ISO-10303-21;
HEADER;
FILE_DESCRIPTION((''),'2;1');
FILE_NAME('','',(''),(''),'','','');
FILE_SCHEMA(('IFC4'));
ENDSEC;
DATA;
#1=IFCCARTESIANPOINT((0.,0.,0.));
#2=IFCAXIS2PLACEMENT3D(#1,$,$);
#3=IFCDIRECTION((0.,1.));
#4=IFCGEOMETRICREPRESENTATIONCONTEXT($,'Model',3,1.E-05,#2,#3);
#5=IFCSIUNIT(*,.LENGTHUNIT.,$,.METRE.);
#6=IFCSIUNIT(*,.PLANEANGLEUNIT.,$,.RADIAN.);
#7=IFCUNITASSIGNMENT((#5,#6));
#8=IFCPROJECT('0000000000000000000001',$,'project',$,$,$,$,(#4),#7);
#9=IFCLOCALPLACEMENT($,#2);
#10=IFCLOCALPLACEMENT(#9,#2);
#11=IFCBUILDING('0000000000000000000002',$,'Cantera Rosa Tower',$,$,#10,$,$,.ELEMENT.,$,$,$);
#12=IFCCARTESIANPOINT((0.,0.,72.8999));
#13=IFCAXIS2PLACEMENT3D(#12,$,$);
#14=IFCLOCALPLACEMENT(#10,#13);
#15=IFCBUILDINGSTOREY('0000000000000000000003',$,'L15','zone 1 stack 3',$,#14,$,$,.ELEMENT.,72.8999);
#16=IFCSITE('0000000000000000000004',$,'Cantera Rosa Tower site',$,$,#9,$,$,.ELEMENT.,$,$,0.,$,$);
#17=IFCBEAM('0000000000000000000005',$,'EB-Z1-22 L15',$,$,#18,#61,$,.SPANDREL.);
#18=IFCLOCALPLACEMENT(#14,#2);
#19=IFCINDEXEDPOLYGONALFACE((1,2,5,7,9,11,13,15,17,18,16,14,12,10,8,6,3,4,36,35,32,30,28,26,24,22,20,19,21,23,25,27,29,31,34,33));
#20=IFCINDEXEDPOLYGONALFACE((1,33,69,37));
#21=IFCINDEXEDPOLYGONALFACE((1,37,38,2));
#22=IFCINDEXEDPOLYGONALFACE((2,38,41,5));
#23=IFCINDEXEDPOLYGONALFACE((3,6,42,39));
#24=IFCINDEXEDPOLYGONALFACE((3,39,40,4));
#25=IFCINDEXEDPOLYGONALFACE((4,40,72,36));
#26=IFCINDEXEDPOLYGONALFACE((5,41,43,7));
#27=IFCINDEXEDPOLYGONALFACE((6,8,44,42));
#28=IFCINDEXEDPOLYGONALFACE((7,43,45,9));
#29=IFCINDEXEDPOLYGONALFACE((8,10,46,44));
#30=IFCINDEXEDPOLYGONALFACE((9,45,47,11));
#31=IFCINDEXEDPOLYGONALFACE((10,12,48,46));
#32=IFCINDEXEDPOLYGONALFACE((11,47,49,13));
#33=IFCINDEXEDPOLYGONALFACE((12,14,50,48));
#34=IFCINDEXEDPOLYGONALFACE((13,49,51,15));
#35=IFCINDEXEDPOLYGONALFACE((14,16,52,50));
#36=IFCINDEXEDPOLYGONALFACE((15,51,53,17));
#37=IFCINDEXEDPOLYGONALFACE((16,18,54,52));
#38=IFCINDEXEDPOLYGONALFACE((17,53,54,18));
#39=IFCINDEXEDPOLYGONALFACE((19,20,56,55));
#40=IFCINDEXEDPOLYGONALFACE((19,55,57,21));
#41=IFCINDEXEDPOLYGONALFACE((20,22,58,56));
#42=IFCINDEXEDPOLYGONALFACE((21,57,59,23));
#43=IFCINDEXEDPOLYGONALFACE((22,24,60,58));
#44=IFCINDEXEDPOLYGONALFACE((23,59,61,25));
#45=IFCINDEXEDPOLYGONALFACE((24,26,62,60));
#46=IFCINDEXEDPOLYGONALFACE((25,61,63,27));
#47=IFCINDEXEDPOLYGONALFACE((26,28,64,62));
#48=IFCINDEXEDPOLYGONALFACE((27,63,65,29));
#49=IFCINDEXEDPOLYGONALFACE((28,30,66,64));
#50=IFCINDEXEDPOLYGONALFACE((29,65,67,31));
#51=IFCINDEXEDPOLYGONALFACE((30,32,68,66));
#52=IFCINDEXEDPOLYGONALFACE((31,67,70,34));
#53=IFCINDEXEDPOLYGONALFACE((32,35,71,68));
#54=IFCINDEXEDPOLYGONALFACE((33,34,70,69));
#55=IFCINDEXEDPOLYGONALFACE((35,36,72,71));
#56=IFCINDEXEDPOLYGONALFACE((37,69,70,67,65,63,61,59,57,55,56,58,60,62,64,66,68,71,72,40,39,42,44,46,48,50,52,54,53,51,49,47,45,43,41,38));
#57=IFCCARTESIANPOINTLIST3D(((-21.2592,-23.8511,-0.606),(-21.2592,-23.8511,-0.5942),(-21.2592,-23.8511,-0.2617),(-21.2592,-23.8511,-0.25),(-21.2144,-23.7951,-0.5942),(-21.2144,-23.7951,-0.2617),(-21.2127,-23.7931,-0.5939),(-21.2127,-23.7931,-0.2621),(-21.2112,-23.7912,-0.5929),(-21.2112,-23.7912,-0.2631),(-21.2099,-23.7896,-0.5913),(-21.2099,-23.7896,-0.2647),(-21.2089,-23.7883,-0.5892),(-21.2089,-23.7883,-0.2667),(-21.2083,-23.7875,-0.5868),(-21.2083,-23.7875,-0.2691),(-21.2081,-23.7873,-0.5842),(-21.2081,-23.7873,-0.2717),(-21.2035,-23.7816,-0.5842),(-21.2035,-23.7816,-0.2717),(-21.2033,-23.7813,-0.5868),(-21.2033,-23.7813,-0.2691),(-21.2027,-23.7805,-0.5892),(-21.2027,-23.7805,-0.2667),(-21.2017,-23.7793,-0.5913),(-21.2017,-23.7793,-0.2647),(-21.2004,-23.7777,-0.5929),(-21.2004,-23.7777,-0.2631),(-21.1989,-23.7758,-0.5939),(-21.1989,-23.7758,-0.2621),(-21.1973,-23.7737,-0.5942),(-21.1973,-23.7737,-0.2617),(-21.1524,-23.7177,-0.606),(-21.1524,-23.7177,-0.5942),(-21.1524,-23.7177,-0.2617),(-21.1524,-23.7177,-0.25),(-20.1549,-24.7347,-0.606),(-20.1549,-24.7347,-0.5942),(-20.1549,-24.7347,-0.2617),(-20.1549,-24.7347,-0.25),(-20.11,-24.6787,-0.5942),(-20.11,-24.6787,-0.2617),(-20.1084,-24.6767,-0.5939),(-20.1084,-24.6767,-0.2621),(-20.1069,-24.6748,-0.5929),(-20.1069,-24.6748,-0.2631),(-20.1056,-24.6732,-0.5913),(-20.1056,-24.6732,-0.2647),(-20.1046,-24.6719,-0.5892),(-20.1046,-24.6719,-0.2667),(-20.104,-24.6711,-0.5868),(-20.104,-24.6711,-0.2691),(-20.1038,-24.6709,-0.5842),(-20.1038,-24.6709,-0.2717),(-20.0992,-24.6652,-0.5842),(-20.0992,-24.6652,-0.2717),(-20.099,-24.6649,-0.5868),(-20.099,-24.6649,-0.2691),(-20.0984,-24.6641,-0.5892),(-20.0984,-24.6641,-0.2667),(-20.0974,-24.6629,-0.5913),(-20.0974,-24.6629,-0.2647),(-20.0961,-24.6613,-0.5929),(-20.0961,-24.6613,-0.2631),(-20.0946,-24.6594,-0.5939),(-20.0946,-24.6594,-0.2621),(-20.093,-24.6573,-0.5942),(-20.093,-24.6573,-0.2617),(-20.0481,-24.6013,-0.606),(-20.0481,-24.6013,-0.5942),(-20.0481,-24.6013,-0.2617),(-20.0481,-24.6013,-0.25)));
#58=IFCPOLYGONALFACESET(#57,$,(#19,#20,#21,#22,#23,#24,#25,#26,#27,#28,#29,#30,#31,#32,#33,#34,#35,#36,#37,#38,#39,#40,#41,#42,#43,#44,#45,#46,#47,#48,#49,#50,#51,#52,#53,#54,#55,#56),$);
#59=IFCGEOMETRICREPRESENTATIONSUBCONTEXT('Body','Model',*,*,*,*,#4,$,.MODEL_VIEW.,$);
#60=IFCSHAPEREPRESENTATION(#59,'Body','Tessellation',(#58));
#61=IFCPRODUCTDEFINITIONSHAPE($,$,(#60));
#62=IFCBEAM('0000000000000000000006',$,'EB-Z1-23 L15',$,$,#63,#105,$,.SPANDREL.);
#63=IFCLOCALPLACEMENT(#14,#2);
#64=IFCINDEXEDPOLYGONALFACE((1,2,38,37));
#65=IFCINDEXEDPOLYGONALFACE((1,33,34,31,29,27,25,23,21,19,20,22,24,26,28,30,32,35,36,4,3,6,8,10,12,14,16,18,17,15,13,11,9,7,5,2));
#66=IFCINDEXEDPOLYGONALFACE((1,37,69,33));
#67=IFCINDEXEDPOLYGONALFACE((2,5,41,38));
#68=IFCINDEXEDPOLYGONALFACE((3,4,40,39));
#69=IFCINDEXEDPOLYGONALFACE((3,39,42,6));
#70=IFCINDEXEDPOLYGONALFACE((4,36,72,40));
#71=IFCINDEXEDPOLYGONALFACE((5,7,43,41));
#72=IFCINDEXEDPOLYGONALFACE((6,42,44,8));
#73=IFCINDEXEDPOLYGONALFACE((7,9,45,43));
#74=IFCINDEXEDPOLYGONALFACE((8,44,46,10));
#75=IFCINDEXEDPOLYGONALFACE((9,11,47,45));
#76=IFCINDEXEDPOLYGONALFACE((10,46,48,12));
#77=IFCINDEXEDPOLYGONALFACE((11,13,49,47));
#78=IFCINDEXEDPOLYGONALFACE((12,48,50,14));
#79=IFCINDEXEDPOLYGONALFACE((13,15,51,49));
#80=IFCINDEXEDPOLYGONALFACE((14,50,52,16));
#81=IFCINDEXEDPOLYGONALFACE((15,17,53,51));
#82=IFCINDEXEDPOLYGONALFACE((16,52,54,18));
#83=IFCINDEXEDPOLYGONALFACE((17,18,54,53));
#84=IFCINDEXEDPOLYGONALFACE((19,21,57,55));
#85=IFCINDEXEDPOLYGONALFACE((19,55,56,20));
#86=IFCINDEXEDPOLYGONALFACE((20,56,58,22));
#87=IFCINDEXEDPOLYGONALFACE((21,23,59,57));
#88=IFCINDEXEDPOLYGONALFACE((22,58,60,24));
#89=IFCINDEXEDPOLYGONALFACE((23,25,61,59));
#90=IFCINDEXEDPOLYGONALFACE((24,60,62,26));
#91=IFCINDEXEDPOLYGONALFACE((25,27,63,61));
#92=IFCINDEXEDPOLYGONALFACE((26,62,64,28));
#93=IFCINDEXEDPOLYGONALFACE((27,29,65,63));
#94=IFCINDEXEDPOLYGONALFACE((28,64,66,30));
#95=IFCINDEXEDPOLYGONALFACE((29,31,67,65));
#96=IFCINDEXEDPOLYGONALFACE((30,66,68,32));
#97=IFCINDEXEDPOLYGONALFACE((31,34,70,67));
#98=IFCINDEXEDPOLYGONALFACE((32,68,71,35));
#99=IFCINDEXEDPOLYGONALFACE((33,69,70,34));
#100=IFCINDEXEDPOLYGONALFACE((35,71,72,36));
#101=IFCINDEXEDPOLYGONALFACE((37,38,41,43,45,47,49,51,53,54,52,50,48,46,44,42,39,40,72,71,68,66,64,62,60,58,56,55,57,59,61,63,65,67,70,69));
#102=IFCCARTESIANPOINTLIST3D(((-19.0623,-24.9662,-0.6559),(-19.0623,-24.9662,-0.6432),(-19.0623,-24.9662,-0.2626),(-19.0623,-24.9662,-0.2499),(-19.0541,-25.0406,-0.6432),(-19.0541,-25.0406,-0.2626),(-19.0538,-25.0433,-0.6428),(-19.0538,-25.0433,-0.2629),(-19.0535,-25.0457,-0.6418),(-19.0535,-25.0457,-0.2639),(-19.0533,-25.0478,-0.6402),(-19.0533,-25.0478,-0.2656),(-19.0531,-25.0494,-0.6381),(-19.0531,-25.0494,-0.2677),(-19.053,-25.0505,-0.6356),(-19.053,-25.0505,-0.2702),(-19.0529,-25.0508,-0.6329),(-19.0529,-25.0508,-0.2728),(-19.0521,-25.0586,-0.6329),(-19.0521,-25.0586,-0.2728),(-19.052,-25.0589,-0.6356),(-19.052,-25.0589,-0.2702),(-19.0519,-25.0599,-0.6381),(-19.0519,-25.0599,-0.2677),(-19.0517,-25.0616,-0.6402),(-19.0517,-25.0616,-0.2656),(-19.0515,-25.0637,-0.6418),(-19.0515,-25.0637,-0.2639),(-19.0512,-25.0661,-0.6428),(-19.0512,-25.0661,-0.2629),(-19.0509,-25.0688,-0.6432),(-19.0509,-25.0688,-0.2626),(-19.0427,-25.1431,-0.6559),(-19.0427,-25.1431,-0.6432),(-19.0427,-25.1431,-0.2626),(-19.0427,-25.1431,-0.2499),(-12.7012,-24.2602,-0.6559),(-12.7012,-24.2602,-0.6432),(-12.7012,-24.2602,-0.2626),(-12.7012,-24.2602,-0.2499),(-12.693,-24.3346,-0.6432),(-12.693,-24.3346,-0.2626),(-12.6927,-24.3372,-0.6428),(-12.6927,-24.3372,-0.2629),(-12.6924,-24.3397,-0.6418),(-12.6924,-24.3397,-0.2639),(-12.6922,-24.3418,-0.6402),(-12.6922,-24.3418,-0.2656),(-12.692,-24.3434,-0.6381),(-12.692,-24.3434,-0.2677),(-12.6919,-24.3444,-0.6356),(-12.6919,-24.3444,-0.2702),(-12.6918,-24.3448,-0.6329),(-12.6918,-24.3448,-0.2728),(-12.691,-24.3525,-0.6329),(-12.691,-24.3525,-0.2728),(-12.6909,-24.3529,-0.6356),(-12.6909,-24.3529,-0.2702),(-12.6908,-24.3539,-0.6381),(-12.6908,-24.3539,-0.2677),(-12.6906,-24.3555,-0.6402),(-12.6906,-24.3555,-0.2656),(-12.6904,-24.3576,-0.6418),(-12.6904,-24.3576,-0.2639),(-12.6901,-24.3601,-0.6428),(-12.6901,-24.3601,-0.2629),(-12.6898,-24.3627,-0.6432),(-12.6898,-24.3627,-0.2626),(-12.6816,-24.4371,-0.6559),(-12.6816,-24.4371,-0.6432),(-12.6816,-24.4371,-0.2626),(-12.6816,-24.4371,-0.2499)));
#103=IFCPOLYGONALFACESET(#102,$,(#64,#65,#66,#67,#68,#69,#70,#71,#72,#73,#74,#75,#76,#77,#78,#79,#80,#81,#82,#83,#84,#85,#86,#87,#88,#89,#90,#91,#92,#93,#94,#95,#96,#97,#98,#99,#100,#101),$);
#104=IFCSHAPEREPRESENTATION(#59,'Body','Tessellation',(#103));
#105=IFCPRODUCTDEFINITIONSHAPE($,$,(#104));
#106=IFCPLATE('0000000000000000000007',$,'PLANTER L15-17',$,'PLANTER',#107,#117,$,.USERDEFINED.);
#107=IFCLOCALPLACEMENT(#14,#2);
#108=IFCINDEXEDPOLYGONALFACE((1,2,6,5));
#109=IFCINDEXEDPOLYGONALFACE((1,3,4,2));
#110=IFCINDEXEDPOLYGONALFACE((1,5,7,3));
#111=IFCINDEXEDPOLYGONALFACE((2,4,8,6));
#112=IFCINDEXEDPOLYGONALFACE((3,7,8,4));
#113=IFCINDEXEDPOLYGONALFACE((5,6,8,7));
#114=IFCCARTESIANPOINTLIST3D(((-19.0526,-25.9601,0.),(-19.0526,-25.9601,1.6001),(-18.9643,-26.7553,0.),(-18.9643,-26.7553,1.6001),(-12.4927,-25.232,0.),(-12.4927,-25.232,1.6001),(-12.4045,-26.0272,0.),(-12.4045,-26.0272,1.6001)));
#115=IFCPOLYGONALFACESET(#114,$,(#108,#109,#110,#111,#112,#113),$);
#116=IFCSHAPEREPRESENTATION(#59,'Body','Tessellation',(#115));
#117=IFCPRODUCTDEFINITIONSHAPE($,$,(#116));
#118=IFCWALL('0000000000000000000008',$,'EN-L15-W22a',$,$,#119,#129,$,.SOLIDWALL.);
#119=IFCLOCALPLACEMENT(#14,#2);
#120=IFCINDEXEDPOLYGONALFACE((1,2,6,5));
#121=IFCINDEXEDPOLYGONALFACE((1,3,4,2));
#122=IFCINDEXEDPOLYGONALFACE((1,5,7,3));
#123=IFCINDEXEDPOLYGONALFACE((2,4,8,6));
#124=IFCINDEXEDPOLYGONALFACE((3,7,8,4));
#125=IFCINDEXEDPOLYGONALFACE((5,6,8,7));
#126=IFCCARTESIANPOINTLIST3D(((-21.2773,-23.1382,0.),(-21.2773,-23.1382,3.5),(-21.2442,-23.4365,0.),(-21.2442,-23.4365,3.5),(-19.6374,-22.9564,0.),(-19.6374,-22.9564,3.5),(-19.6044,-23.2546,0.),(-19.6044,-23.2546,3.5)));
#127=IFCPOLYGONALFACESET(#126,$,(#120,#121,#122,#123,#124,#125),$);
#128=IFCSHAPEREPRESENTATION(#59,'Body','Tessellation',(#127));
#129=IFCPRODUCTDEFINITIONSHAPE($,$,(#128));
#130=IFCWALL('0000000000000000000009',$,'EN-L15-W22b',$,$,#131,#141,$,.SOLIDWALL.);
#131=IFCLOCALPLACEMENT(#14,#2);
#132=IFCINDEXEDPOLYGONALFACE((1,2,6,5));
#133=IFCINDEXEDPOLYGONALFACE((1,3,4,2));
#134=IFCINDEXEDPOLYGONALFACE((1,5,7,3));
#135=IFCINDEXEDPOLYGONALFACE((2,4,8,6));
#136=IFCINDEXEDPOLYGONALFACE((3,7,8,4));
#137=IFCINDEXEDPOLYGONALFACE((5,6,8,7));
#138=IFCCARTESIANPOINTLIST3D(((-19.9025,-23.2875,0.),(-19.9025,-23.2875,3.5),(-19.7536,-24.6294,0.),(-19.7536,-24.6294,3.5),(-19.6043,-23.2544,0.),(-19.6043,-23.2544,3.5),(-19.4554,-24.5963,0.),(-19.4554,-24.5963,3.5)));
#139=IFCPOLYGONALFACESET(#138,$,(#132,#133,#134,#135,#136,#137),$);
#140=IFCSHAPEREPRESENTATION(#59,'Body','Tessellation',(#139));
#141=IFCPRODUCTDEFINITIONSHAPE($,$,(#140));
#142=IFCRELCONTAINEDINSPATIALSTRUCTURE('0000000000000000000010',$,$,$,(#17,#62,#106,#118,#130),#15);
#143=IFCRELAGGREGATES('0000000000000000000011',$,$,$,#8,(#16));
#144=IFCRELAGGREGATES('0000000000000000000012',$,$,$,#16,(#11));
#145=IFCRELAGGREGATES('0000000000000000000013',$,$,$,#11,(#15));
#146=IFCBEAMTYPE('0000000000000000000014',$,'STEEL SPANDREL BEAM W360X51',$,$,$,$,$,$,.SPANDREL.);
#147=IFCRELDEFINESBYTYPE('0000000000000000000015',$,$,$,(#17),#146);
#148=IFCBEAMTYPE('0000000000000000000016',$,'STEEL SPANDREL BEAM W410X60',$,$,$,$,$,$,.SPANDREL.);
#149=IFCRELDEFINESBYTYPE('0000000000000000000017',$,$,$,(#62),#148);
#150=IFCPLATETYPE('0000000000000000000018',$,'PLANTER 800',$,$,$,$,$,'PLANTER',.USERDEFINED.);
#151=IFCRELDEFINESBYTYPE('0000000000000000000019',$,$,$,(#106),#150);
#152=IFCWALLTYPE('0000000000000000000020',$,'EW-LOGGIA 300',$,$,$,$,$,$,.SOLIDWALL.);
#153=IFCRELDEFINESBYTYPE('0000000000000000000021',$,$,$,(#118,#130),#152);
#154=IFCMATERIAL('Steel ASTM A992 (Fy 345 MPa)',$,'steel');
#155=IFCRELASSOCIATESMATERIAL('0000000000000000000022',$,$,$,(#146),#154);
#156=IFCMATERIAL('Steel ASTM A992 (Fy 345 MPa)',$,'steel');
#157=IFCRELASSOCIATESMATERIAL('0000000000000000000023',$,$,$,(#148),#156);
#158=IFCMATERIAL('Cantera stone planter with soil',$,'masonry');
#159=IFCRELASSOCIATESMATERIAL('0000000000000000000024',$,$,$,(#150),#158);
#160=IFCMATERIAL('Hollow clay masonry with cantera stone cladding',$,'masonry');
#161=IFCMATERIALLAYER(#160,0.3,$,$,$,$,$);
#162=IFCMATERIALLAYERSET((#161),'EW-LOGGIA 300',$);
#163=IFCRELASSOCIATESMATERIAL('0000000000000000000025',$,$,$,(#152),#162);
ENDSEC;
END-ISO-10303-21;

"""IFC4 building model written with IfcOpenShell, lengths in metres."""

from ifc_helpers import new_model, si_unit, direction, frame, frame_2d, origin, origin_2d, place, context, subcontext, project, spatial, rectangle, i_section, extrude, material, layer, layer_set, material_profile, profile_set, type_object, element, save


model = new_model("IFC4")

# Units and contexts
model_context = context("Model", 3, precision=1e-05, world=origin(), true_north=direction((0.0, 1.0)))
body_context = subcontext(model_context, "Body", "Model", "MODEL_VIEW")
ifc_project = project(units=[si_unit("LENGTHUNIT", "METRE"), si_unit("PLANEANGLEUNIT", "RADIAN")], contexts=[model_context])

# Site, building, storey
site_placement = place(None, origin())
site = spatial("IfcSite", under=ifc_project, at=site_placement, Name="Cantera Rosa Tower site", CompositionType="ELEMENT", RefElevation=0.0)
building_placement = place(site_placement, origin())
building = spatial("IfcBuilding", under=site, at=building_placement, Name="Cantera Rosa Tower", CompositionType="ELEMENT")
storey_placement = place(building_placement, frame((0.0, 0.0, 72.8999)))
storey = spatial("IfcBuildingStorey", under=building, at=storey_placement, Name="L15", Description="zone 1 stack 3", CompositionType="ELEMENT", Elevation=72.8999)

# Beams
ifc_material_1 = material(Name="Steel ASTM A992 (Fy 345 MPa)", Category="steel")
ifc_material_profile_1 = material_profile(ifc_material_1, i_section(OverallWidth=0.1709, OverallDepth=0.356, WebThickness=0.0073, FlangeThickness=0.0117, FilletRadius=0.01, at=origin_2d()), Name="W360X51")
ifc_profile_set_1 = profile_set([ifc_material_profile_1], Name="Steel ASTM A992 (Fy 345 MPa)")
beam_type_1 = type_object("IfcBeamType", Name="STEEL SPANDREL BEAM W360X51", PredefinedType="SPANDREL", material=ifc_profile_set_1)
for number, where, z_axis, x_axis, name in (
    (1, (-21.2058, -23.7844, -0.428), (0.780818, -0.624758, 0.0), (0.624758, 0.780818, 0.0), "EB-Z1-22 L15"),
):
    element("IfcBeam", number, at=place(storey_placement, frame(where, z_axis=z_axis, x_axis=x_axis)), inside=storey, type_object=beam_type_1, Name=name, PredefinedType="SPANDREL", context=body_context, shape_type="SweptSolid", body=[
        extrude(i_section(OverallWidth=0.1709, OverallDepth=0.356, WebThickness=0.0073, FlangeThickness=0.0117, FilletRadius=0.01, at=origin_2d()), origin(), (0.0, 0.0, 1.0), 1.4143),
    ])
ifc_material_2 = material(Name="Steel ASTM A992 (Fy 345 MPa)", Category="steel")
ifc_material_profile_2 = material_profile(ifc_material_2, i_section(OverallWidth=0.178, OverallDepth=0.406, WebThickness=0.0078, FlangeThickness=0.0127, FilletRadius=0.0103, at=origin_2d()), Name="W410X60")
ifc_profile_set_2 = profile_set([ifc_material_profile_2], Name="Steel ASTM A992 (Fy 345 MPa)")
beam_type_2 = type_object("IfcBeamType", Name="STEEL SPANDREL BEAM W410X60", PredefinedType="SPANDREL", material=ifc_profile_set_2)
beam_1_placement = place(storey_placement, frame((-19.0525, -25.0547, -0.4529), z_axis=(0.993896, 0.110318, 0.0), x_axis=(-0.110318, 0.993896, 0.0)))
element("IfcBeam", 2, at=beam_1_placement, inside=storey, type_object=beam_type_2, Name="EB-Z1-23 L15", PredefinedType="SPANDREL", context=body_context, shape_type="SweptSolid", body=[
    extrude(i_section(OverallWidth=0.178, OverallDepth=0.406, WebThickness=0.0078, FlangeThickness=0.0127, FilletRadius=0.0103, at=origin_2d()), origin(), (0.0, 0.0, 1.0), 6.4001),
])

# Plate
ifc_material_3 = material(Name="Cantera stone planter with soil", Category="masonry")
plate_type = type_object("IfcPlateType", Name="PLANTER 800", ElementType="PLANTER", PredefinedType="USERDEFINED", material=ifc_material_3)
plate_placement = place(storey_placement, frame((-15.7285, -25.9937, 0.0), z_axis=(0.0, 0.0, 1.0), x_axis=(0.993897, 0.110313, 0.0)))
element("IfcPlate", 3, at=plate_placement, inside=storey, type_object=plate_type, Name="PLANTER L15-17", ObjectType="PLANTER", PredefinedType="USERDEFINED", context=body_context, shape_type="SweptSolid", body=[
    extrude(rectangle(XDim=6.6001, YDim=0.8, at=origin_2d()), origin(), (0.0, 0.0, 1.0), 1.6001),
])

# Walls
ifc_material_4 = material(Name="Hollow clay masonry with cantera stone cladding", Category="masonry")
ifc_layer_1 = layer(ifc_material_4, 0.3)
ifc_layer_set_1 = layer_set([ifc_layer_1], Name="EW-LOGGIA 300")
wall_type_1 = type_object("IfcWallType", Name="EW-LOGGIA 300", PredefinedType="SOLIDWALL", material=ifc_layer_set_1)
wall_1_placement = place(storey_placement, frame((-21.2607, -23.2874, 0.0), z_axis=(0.0, 0.0, 1.0), x_axis=(0.993905, 0.110237, 0.0)))
element("IfcWall", 4, at=wall_1_placement, inside=storey, type_object=wall_type_1, Name="EN-L15-W22a", PredefinedType="SOLIDWALL", context=body_context, shape_type="SweptSolid", body=[
    extrude(rectangle(XDim=1.6499, YDim=0.3, at=frame_2d((0.825, 0.0))), origin(), (0.0, 0.0, 1.0), 3.5),
])
wall_2_placement = place(storey_placement, frame((-19.7534, -23.271, 0.0), z_axis=(0.0, 0.0, 1.0), x_axis=(0.110312, -0.993897, 0.0)))
element("IfcWall", 5, at=wall_2_placement, inside=storey, type_object=wall_type_1, Name="EN-L15-W22b", PredefinedType="SOLIDWALL", context=body_context, shape_type="SweptSolid", body=[
    extrude(rectangle(XDim=1.3501, YDim=0.3, at=frame_2d((0.675, 0.0))), origin(), (0.0, 0.0, 1.0), 3.5),
])

save(model, "model.ifc")
